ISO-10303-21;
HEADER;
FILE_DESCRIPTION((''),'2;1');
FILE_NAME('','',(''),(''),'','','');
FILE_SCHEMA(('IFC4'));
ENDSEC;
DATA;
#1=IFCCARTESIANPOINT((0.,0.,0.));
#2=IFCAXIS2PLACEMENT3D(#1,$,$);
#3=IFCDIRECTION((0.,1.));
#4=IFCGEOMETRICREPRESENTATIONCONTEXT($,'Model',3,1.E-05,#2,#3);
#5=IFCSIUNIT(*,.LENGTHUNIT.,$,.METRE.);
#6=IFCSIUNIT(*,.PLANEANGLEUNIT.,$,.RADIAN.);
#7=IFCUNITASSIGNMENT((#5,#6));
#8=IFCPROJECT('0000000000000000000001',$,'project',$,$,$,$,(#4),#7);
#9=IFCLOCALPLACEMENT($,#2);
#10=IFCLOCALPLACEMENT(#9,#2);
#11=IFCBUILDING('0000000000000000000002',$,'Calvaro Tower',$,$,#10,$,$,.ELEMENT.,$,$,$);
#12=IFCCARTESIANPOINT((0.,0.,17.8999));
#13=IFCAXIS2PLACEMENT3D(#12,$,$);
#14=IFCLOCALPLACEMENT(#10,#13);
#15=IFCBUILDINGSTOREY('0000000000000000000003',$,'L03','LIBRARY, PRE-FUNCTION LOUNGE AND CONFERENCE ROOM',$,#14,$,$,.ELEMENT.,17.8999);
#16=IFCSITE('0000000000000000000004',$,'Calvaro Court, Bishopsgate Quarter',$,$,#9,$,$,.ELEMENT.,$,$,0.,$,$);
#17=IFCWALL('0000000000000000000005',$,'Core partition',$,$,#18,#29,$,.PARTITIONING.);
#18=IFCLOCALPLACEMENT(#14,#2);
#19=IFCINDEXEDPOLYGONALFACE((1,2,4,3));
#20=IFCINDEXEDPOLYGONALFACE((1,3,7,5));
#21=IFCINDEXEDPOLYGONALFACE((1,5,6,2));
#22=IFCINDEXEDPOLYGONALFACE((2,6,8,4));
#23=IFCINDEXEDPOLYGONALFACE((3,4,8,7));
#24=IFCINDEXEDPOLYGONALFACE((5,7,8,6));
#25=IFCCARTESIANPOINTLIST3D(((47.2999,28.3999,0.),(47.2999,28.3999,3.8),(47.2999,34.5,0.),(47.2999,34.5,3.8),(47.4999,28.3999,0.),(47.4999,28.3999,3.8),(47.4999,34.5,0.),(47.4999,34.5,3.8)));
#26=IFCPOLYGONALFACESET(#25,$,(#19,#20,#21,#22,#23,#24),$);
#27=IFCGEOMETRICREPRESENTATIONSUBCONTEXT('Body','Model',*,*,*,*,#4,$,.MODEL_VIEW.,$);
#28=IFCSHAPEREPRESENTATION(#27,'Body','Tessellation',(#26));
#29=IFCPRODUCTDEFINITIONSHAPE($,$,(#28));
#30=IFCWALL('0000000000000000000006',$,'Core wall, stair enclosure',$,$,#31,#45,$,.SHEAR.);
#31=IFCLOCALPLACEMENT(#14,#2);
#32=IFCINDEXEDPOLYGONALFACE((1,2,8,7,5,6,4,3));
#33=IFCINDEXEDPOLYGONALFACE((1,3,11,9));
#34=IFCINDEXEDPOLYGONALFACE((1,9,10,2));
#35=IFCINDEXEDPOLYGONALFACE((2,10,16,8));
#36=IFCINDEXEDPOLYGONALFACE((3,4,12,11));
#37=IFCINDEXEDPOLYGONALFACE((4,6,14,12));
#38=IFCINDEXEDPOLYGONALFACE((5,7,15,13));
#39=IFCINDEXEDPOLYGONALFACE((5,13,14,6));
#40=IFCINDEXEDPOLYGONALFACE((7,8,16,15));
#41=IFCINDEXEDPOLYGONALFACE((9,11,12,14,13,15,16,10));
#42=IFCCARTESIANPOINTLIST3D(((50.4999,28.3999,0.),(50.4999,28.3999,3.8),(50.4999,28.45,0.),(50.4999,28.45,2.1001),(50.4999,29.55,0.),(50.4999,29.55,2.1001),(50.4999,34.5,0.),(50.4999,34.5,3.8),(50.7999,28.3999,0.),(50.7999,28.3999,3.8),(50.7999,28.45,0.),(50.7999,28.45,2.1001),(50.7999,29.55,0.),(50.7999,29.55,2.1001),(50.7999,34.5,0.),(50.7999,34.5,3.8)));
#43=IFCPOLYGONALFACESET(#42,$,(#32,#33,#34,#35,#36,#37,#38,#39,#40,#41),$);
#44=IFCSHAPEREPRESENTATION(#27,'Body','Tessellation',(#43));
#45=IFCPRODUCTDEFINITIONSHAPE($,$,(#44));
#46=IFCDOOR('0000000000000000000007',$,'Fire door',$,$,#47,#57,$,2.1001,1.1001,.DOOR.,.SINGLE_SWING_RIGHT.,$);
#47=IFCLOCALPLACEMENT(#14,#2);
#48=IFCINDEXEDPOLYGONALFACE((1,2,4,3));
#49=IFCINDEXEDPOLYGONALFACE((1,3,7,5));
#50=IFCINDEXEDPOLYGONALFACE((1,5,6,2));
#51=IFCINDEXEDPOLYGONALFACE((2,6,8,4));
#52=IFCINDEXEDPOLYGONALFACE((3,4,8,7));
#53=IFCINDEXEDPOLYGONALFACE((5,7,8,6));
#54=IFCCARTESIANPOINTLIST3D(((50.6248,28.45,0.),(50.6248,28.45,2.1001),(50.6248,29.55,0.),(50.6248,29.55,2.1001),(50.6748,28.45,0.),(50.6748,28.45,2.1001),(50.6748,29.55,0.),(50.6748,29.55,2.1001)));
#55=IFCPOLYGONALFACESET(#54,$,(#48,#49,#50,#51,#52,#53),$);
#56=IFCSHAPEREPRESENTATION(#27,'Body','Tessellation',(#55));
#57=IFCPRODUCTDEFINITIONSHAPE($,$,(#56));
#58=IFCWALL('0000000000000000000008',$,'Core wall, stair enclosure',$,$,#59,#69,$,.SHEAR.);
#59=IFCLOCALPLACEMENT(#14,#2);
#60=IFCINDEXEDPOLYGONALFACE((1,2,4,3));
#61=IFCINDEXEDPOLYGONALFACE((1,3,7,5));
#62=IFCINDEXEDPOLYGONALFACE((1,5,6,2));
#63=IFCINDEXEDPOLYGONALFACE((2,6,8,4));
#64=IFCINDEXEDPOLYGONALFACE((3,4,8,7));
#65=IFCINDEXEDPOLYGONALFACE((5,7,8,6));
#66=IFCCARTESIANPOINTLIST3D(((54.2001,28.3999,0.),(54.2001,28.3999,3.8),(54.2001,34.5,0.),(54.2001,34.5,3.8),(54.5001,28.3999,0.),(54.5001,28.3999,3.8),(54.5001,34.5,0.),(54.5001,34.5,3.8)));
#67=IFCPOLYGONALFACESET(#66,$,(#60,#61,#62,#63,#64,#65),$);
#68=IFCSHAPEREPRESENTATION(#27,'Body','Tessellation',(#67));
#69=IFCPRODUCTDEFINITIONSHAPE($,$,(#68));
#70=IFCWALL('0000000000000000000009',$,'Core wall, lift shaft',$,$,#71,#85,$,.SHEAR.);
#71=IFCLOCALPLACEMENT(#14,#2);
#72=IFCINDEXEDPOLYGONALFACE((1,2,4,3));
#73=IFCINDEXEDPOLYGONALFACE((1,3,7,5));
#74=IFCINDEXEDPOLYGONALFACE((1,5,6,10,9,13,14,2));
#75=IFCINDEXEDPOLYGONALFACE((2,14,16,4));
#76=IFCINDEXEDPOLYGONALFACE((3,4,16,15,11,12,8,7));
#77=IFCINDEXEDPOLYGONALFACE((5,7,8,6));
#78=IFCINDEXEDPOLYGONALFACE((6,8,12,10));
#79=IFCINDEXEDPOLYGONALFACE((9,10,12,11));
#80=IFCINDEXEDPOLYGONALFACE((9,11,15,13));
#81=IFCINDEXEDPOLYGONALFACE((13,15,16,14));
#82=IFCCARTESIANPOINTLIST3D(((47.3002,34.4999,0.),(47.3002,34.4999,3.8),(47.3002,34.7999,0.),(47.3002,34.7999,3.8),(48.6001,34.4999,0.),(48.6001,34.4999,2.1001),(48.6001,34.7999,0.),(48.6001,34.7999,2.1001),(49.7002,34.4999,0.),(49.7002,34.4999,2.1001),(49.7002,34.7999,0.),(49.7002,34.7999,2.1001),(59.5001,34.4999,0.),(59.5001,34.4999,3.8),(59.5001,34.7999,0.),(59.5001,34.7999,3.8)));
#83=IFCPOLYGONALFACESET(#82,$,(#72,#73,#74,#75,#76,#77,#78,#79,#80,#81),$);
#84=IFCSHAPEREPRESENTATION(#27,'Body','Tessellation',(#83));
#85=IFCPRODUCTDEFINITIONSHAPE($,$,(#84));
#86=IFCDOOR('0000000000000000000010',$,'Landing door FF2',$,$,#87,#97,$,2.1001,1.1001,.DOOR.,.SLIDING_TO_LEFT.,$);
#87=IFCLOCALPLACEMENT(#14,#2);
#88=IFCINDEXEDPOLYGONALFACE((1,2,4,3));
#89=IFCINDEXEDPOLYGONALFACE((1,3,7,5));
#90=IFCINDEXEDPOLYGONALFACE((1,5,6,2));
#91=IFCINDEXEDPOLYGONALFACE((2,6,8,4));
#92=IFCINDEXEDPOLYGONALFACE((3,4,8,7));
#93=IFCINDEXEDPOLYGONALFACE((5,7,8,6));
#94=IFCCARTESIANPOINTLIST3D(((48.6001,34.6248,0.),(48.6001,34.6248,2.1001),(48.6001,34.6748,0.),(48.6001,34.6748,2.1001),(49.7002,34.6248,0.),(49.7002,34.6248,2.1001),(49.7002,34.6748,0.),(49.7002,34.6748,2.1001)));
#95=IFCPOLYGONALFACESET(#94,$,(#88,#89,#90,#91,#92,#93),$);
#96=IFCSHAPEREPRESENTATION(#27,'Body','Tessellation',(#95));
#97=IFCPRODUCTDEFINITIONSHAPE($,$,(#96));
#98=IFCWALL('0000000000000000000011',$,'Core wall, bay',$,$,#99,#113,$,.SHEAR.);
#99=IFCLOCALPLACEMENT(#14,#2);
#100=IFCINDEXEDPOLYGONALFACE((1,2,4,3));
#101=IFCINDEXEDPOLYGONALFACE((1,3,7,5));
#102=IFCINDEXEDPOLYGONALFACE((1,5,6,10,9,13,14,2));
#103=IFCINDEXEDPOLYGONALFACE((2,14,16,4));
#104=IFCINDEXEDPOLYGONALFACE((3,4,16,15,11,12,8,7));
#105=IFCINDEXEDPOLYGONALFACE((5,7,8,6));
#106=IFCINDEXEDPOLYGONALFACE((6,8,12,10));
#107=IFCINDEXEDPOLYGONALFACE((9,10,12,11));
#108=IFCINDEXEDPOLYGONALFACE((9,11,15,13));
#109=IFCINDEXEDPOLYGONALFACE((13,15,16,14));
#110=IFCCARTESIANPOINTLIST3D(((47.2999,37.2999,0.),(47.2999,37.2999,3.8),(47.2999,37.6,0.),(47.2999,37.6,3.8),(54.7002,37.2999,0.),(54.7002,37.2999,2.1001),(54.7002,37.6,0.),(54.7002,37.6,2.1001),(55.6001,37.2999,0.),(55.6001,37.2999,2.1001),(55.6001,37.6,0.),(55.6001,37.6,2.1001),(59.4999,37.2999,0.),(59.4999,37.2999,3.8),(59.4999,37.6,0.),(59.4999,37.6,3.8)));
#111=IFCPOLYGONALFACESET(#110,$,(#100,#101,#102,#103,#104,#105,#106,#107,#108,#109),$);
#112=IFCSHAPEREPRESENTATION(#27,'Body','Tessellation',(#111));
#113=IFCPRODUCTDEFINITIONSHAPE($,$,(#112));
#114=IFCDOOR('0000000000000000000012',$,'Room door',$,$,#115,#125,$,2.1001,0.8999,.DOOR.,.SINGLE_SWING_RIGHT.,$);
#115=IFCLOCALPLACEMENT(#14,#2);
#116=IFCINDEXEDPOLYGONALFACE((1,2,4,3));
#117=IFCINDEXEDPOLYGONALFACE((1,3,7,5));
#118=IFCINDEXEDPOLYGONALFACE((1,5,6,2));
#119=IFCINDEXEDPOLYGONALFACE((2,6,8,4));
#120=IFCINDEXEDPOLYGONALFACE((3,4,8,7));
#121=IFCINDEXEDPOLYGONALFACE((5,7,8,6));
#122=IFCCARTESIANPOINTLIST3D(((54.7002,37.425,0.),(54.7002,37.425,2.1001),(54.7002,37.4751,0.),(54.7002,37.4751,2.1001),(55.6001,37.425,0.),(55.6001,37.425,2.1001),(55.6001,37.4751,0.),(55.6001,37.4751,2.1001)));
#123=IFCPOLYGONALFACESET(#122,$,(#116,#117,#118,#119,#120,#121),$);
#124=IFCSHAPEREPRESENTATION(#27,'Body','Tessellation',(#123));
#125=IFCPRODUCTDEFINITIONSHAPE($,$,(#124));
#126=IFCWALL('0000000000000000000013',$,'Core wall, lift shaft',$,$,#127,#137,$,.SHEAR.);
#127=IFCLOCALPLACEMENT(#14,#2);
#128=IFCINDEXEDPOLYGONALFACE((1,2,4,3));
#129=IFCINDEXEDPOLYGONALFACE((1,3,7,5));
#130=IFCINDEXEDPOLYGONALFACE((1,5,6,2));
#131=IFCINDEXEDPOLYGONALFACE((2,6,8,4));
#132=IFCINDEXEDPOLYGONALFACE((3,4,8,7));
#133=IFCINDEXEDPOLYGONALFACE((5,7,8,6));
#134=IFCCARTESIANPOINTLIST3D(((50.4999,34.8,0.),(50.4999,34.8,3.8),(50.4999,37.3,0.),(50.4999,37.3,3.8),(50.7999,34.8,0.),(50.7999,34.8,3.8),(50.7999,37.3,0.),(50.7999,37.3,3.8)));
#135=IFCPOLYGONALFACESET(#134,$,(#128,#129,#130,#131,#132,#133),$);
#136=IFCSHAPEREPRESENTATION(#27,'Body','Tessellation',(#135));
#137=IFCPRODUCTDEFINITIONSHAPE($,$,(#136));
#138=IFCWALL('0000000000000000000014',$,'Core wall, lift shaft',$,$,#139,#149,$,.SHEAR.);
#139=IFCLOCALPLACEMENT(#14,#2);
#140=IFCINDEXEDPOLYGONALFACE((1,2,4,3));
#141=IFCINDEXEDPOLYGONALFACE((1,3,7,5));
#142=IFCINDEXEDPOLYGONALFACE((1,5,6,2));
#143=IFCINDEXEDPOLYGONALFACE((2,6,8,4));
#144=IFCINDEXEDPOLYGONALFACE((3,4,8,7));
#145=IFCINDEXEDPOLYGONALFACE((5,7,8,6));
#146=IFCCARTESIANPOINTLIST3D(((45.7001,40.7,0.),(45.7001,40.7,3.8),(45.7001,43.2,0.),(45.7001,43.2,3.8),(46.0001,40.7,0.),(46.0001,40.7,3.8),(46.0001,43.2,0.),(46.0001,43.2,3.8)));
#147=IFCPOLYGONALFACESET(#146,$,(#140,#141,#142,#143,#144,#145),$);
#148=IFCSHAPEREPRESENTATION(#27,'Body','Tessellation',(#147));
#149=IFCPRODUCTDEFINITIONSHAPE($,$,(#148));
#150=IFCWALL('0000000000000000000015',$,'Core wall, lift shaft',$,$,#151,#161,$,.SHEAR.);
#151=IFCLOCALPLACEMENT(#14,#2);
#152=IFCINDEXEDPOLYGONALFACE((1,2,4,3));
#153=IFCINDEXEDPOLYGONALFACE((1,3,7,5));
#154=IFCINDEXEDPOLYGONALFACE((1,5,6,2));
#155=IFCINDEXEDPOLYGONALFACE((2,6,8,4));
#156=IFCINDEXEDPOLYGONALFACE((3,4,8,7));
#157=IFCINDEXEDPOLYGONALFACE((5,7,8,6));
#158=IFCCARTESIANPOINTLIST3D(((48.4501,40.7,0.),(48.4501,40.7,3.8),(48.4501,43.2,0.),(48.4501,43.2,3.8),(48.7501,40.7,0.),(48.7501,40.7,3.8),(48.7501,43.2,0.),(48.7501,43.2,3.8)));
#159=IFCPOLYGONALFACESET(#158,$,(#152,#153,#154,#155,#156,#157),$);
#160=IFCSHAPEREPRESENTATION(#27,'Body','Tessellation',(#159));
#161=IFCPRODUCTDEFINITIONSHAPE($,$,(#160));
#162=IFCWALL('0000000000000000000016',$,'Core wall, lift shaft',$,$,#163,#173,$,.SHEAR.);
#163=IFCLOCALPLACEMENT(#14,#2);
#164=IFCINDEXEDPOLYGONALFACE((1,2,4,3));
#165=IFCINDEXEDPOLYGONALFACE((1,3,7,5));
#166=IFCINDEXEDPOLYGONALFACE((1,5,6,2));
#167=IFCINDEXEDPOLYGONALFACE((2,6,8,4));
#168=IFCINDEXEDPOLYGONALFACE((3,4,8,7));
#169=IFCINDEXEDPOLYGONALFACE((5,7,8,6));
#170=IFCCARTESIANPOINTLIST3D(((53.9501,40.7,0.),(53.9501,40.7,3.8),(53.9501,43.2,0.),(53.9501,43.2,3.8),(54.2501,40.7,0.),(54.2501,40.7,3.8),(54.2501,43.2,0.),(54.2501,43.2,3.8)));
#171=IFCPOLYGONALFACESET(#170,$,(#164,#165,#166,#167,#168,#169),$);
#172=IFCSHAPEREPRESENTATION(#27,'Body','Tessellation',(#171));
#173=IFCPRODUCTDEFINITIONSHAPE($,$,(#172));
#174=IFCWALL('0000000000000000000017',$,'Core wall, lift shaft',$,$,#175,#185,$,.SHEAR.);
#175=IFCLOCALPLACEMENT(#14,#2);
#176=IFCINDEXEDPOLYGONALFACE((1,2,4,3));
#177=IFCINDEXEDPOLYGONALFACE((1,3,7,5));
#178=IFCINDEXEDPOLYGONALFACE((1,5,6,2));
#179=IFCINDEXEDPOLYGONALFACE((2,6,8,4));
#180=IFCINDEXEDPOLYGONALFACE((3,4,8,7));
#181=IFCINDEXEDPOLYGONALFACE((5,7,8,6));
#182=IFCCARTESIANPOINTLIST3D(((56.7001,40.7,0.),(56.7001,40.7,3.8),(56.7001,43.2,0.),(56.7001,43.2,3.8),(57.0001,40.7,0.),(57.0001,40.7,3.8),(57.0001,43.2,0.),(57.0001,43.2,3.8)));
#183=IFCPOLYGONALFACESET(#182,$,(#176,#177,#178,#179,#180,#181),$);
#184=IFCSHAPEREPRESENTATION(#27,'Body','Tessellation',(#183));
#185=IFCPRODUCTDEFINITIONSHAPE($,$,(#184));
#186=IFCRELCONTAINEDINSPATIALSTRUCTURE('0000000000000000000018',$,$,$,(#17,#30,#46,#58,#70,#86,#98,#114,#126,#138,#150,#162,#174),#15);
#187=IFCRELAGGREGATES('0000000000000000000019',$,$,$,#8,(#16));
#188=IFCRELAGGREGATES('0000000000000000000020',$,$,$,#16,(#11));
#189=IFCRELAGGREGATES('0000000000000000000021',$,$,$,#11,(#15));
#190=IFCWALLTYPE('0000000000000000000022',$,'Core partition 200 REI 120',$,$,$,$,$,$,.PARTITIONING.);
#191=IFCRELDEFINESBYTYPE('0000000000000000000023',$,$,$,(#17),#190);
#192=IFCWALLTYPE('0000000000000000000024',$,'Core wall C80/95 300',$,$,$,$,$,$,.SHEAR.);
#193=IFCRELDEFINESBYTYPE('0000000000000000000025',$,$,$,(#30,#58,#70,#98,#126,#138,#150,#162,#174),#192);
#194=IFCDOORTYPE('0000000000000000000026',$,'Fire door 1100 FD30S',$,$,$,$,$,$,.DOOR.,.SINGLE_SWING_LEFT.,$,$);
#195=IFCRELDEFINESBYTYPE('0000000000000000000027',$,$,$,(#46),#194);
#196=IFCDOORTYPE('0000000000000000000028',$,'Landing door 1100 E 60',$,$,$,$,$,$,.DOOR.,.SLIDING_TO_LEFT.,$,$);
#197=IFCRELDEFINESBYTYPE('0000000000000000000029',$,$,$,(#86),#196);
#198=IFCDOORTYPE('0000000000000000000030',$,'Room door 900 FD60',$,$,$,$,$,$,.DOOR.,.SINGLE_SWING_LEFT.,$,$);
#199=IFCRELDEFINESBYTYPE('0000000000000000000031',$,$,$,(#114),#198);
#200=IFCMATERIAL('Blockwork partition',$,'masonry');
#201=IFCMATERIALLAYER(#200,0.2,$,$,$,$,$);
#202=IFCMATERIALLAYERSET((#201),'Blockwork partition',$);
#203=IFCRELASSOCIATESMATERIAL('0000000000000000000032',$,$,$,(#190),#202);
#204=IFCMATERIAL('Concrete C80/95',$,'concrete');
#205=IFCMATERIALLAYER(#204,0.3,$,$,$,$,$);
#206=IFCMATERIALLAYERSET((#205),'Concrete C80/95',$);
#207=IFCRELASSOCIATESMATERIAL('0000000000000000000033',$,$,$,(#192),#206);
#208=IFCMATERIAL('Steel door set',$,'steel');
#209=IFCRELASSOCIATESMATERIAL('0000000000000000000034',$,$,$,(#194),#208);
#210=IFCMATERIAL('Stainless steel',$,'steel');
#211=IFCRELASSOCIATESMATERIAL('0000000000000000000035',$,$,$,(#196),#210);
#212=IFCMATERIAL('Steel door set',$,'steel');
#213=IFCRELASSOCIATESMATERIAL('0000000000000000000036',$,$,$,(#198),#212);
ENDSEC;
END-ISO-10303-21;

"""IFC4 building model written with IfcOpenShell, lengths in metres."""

from ifc_helpers import new_model, si_unit, direction, frame, frame_2d, origin, place, context, subcontext, project, spatial, rectangle, extrude, material, layer, layer_set, type_object, element, fill, save


model = new_model("IFC4")

# Units and contexts
model_context = context("Model", 3, precision=1e-05, world=origin(), true_north=direction((0.0, 1.0)))
body_context = subcontext(model_context, "Body", "Model", "MODEL_VIEW")
ifc_project = project(units=[si_unit("LENGTHUNIT", "METRE"), si_unit("PLANEANGLEUNIT", "RADIAN")], contexts=[model_context])

# Site, building, storey
site_placement = place(None, origin())
site = spatial("IfcSite", under=ifc_project, at=site_placement, Name="Calvaro Court, Bishopsgate Quarter", CompositionType="ELEMENT", RefElevation=0.0)
building_placement = place(site_placement, origin())
building = spatial("IfcBuilding", under=site, at=building_placement, Name="Calvaro Tower", CompositionType="ELEMENT")
storey_placement = place(building_placement, frame((0.0, 0.0, 17.8999)))
storey = spatial("IfcBuildingStorey", under=building, at=storey_placement, Name="L03", Description="LIBRARY, PRE-FUNCTION LOUNGE AND CONFERENCE ROOM", CompositionType="ELEMENT", Elevation=17.8999)

# Wall
ifc_material_1 = material(Name="Blockwork partition", Category="masonry")
ifc_layer_1 = layer(ifc_material_1, 0.2)
ifc_layer_set_1 = layer_set([ifc_layer_1], Name="Blockwork partition")
wall_type_1 = type_object("IfcWallType", Name="Core partition 200 REI 120", PredefinedType="PARTITIONING", material=ifc_layer_set_1)
wall_1_placement = place(storey_placement, frame((47.3999, 28.3999, 0.0), z_axis=(0.0, 0.0, 1.0), x_axis=(0.0, 1.0, 0.0)))
element("IfcWall", 1, at=wall_1_placement, inside=storey, type_object=wall_type_1, Name="Core partition", PredefinedType="PARTITIONING", context=body_context, shape_type="SweptSolid", body=[
    extrude(rectangle(XDim=6.1001, YDim=0.2, at=frame_2d((3.05, 0.0))), origin(), (0.0, 0.0, 1.0), 3.8),
])

# Wall, opening, door
ifc_material_2 = material(Name="Concrete C80/95", Category="concrete")
ifc_layer_2 = layer(ifc_material_2, 0.3)
ifc_layer_set_2 = layer_set([ifc_layer_2], Name="Concrete C80/95")
wall_type_2 = type_object("IfcWallType", Name="Core wall C80/95 300", PredefinedType="SHEAR", material=ifc_layer_set_2)
wall_2_placement = place(storey_placement, frame((50.6499, 34.5, 0.0), z_axis=(0.0, 0.0, 1.0), x_axis=(0.0, -1.0, 0.0)))
wall_2 = element("IfcWall", 2, at=wall_2_placement, inside=storey, type_object=wall_type_2, Name="Core wall, stair enclosure", PredefinedType="SHEAR", context=body_context, shape_type="SweptSolid", body=[
    extrude(rectangle(XDim=6.1001, YDim=0.3, at=frame_2d((3.05, 0.0))), origin(), (0.0, 0.0, 1.0), 3.8),
])
opening_1_placement = place(wall_2_placement, frame((4.95, 0.0, 0.0)))
opening_1 = element("IfcOpeningElement", 3, at=opening_1_placement, cuts=wall_2, PredefinedType="OPENING", context=body_context, shape_type="SweptSolid", body=[
    extrude(rectangle(XDim=1.1001, YDim=2.1001, at=frame_2d((0.55, 1.05))), frame((0.0, 0.1599, 0.0), z_axis=(0.0, -1.0, 0.0), x_axis=(1.0, 0.0, 0.0)), (0.0, 0.0, 1.0), 0.3201),
])
ifc_material_3 = material(Name="Steel door set", Category="steel")
door_type_1 = type_object("IfcDoorType", Name="Fire door 1100 FD30S", OperationType="SINGLE_SWING_LEFT", PredefinedType="DOOR", material=ifc_material_3)
door_1_placement = place(opening_1_placement, origin())
door_1 = element("IfcDoor", 4, at=door_1_placement, inside=storey, type_object=door_type_1, Name="Fire door", OperationType="SINGLE_SWING_RIGHT", OverallHeight=2.1001, OverallWidth=1.1001, PredefinedType="DOOR", context=body_context, shape_type="SweptSolid", body=[
    extrude(rectangle(XDim=1.1001, YDim=2.1001, at=frame_2d((0.55, 1.05))), frame((0.0, 0.0249, 0.0), z_axis=(0.0, -1.0, 0.0), x_axis=(1.0, 0.0, 0.0)), (0.0, 0.0, 1.0), 0.05),
])
fill(opening_1, door_1)

# Wall
wall_3_placement = place(storey_placement, frame((54.3501, 28.3999, 0.0), z_axis=(0.0, 0.0, 1.0), x_axis=(0.0, 1.0, 0.0)))
element("IfcWall", 5, at=wall_3_placement, inside=storey, type_object=wall_type_2, Name="Core wall, stair enclosure", PredefinedType="SHEAR", context=body_context, shape_type="SweptSolid", body=[
    extrude(rectangle(XDim=6.1001, YDim=0.3, at=frame_2d((3.05, 0.0))), origin(), (0.0, 0.0, 1.0), 3.8),
])

# Walls, openings, doors
wall_4_placement = place(storey_placement, frame((47.3, 34.6499, 0.0), z_axis=(0.0, 0.0, 1.0), x_axis=(1.0, 0.0, 0.0)))
wall_4 = element("IfcWall", 6, at=wall_4_placement, inside=storey, type_object=wall_type_2, Name="Core wall, lift shaft", PredefinedType="SHEAR", context=body_context, shape_type="SweptSolid", body=[
    extrude(rectangle(XDim=12.2, YDim=0.3, at=frame_2d((6.1001, 0.0))), origin(), (0.0, 0.0, 1.0), 3.8),
])
opening_2_placement = place(wall_4_placement, frame((1.3, 0.0, 0.0)))
opening_2 = element("IfcOpeningElement", 7, at=opening_2_placement, cuts=wall_4, PredefinedType="OPENING", context=body_context, shape_type="SweptSolid", body=[
    extrude(rectangle(XDim=1.1001, YDim=2.1001, at=frame_2d((0.55, 1.05))), frame((0.0, 0.1599, 0.0), z_axis=(0.0, -1.0, 0.0), x_axis=(1.0, 0.0, 0.0)), (0.0, 0.0, 1.0), 0.3201),
])
ifc_material_4 = material(Name="Stainless steel", Category="steel")
door_type_2 = type_object("IfcDoorType", Name="Landing door 1100 E 60", OperationType="SLIDING_TO_LEFT", PredefinedType="DOOR", material=ifc_material_4)
door_2_placement = place(opening_2_placement, origin())
door_2 = element("IfcDoor", 8, at=door_2_placement, inside=storey, type_object=door_type_2, Name="Landing door FF2", OperationType="SLIDING_TO_LEFT", OverallHeight=2.1001, OverallWidth=1.1001, PredefinedType="DOOR", context=body_context, shape_type="SweptSolid", body=[
    extrude(rectangle(XDim=1.1001, YDim=2.1001, at=frame_2d((0.55, 1.05))), frame((0.0, 0.0249, 0.0), z_axis=(0.0, -1.0, 0.0), x_axis=(1.0, 0.0, 0.0)), (0.0, 0.0, 1.0), 0.05),
])
fill(opening_2, door_2)
wall_5_placement = place(storey_placement, frame((59.5, 37.45, 0.0), z_axis=(0.0, 0.0, 1.0), x_axis=(-1.0, 0.0, 0.0)))
wall_5 = element("IfcWall", 9, at=wall_5_placement, inside=storey, type_object=wall_type_2, Name="Core wall, bay", PredefinedType="SHEAR", context=body_context, shape_type="SweptSolid", body=[
    extrude(rectangle(XDim=12.2, YDim=0.3, at=frame_2d((6.1001, 0.0))), origin(), (0.0, 0.0, 1.0), 3.8),
])
opening_3_placement = place(wall_5_placement, frame((3.8999, 0.0, 0.0)))
opening_3 = element("IfcOpeningElement", 10, at=opening_3_placement, cuts=wall_5, PredefinedType="OPENING", context=body_context, shape_type="SweptSolid", body=[
    extrude(rectangle(XDim=0.8999, YDim=2.1001, at=frame_2d((0.45, 1.05))), frame((0.0, 0.1599, 0.0), z_axis=(0.0, -1.0, 0.0), x_axis=(1.0, 0.0, 0.0)), (0.0, 0.0, 1.0), 0.3201),
])
ifc_material_5 = material(Name="Steel door set", Category="steel")
door_type_3 = type_object("IfcDoorType", Name="Room door 900 FD60", OperationType="SINGLE_SWING_LEFT", PredefinedType="DOOR", material=ifc_material_5)
door_3_placement = place(opening_3_placement, origin())
door_3 = element("IfcDoor", 11, at=door_3_placement, inside=storey, type_object=door_type_3, Name="Room door", OperationType="SINGLE_SWING_RIGHT", OverallHeight=2.1001, OverallWidth=0.8999, PredefinedType="DOOR", context=body_context, shape_type="SweptSolid", body=[
    extrude(rectangle(XDim=0.8999, YDim=2.1001, at=frame_2d((0.45, 1.05))), frame((0.0, 0.0249, 0.0), z_axis=(0.0, -1.0, 0.0), x_axis=(1.0, 0.0, 0.0)), (0.0, 0.0, 1.0), 0.05),
])
fill(opening_3, door_3)

# Walls
for number, where, z_axis, x_axis, name in (
    (12, (50.6499, 34.8, 0.0), (0.0, 0.0, 1.0), (0.0, 1.0, 0.0), "Core wall, lift shaft"),
    (13, (45.8501, 40.7, 0.0), (0.0, 0.0, 1.0), (0.0, 1.0, 0.0), "Core wall, lift shaft"),
    (14, (48.6001, 40.7, 0.0), (0.0, 0.0, 1.0), (0.0, 1.0, 0.0), "Core wall, lift shaft"),
    (15, (54.1001, 40.7, 0.0), (0.0, 0.0, 1.0), (0.0, 1.0, 0.0), "Core wall, lift shaft"),
    (16, (56.8501, 40.7, 0.0), (0.0, 0.0, 1.0), (0.0, 1.0, 0.0), "Core wall, lift shaft"),
):
    element("IfcWall", number, at=place(storey_placement, frame(where, z_axis=z_axis, x_axis=x_axis)), inside=storey, type_object=wall_type_2, Name=name, PredefinedType="SHEAR", context=body_context, shape_type="SweptSolid", body=[
        extrude(rectangle(XDim=2.5, YDim=0.3, at=frame_2d((1.25, 0.0))), origin(), (0.0, 0.0, 1.0), 3.8),
    ])

save(model, "model.ifc")
